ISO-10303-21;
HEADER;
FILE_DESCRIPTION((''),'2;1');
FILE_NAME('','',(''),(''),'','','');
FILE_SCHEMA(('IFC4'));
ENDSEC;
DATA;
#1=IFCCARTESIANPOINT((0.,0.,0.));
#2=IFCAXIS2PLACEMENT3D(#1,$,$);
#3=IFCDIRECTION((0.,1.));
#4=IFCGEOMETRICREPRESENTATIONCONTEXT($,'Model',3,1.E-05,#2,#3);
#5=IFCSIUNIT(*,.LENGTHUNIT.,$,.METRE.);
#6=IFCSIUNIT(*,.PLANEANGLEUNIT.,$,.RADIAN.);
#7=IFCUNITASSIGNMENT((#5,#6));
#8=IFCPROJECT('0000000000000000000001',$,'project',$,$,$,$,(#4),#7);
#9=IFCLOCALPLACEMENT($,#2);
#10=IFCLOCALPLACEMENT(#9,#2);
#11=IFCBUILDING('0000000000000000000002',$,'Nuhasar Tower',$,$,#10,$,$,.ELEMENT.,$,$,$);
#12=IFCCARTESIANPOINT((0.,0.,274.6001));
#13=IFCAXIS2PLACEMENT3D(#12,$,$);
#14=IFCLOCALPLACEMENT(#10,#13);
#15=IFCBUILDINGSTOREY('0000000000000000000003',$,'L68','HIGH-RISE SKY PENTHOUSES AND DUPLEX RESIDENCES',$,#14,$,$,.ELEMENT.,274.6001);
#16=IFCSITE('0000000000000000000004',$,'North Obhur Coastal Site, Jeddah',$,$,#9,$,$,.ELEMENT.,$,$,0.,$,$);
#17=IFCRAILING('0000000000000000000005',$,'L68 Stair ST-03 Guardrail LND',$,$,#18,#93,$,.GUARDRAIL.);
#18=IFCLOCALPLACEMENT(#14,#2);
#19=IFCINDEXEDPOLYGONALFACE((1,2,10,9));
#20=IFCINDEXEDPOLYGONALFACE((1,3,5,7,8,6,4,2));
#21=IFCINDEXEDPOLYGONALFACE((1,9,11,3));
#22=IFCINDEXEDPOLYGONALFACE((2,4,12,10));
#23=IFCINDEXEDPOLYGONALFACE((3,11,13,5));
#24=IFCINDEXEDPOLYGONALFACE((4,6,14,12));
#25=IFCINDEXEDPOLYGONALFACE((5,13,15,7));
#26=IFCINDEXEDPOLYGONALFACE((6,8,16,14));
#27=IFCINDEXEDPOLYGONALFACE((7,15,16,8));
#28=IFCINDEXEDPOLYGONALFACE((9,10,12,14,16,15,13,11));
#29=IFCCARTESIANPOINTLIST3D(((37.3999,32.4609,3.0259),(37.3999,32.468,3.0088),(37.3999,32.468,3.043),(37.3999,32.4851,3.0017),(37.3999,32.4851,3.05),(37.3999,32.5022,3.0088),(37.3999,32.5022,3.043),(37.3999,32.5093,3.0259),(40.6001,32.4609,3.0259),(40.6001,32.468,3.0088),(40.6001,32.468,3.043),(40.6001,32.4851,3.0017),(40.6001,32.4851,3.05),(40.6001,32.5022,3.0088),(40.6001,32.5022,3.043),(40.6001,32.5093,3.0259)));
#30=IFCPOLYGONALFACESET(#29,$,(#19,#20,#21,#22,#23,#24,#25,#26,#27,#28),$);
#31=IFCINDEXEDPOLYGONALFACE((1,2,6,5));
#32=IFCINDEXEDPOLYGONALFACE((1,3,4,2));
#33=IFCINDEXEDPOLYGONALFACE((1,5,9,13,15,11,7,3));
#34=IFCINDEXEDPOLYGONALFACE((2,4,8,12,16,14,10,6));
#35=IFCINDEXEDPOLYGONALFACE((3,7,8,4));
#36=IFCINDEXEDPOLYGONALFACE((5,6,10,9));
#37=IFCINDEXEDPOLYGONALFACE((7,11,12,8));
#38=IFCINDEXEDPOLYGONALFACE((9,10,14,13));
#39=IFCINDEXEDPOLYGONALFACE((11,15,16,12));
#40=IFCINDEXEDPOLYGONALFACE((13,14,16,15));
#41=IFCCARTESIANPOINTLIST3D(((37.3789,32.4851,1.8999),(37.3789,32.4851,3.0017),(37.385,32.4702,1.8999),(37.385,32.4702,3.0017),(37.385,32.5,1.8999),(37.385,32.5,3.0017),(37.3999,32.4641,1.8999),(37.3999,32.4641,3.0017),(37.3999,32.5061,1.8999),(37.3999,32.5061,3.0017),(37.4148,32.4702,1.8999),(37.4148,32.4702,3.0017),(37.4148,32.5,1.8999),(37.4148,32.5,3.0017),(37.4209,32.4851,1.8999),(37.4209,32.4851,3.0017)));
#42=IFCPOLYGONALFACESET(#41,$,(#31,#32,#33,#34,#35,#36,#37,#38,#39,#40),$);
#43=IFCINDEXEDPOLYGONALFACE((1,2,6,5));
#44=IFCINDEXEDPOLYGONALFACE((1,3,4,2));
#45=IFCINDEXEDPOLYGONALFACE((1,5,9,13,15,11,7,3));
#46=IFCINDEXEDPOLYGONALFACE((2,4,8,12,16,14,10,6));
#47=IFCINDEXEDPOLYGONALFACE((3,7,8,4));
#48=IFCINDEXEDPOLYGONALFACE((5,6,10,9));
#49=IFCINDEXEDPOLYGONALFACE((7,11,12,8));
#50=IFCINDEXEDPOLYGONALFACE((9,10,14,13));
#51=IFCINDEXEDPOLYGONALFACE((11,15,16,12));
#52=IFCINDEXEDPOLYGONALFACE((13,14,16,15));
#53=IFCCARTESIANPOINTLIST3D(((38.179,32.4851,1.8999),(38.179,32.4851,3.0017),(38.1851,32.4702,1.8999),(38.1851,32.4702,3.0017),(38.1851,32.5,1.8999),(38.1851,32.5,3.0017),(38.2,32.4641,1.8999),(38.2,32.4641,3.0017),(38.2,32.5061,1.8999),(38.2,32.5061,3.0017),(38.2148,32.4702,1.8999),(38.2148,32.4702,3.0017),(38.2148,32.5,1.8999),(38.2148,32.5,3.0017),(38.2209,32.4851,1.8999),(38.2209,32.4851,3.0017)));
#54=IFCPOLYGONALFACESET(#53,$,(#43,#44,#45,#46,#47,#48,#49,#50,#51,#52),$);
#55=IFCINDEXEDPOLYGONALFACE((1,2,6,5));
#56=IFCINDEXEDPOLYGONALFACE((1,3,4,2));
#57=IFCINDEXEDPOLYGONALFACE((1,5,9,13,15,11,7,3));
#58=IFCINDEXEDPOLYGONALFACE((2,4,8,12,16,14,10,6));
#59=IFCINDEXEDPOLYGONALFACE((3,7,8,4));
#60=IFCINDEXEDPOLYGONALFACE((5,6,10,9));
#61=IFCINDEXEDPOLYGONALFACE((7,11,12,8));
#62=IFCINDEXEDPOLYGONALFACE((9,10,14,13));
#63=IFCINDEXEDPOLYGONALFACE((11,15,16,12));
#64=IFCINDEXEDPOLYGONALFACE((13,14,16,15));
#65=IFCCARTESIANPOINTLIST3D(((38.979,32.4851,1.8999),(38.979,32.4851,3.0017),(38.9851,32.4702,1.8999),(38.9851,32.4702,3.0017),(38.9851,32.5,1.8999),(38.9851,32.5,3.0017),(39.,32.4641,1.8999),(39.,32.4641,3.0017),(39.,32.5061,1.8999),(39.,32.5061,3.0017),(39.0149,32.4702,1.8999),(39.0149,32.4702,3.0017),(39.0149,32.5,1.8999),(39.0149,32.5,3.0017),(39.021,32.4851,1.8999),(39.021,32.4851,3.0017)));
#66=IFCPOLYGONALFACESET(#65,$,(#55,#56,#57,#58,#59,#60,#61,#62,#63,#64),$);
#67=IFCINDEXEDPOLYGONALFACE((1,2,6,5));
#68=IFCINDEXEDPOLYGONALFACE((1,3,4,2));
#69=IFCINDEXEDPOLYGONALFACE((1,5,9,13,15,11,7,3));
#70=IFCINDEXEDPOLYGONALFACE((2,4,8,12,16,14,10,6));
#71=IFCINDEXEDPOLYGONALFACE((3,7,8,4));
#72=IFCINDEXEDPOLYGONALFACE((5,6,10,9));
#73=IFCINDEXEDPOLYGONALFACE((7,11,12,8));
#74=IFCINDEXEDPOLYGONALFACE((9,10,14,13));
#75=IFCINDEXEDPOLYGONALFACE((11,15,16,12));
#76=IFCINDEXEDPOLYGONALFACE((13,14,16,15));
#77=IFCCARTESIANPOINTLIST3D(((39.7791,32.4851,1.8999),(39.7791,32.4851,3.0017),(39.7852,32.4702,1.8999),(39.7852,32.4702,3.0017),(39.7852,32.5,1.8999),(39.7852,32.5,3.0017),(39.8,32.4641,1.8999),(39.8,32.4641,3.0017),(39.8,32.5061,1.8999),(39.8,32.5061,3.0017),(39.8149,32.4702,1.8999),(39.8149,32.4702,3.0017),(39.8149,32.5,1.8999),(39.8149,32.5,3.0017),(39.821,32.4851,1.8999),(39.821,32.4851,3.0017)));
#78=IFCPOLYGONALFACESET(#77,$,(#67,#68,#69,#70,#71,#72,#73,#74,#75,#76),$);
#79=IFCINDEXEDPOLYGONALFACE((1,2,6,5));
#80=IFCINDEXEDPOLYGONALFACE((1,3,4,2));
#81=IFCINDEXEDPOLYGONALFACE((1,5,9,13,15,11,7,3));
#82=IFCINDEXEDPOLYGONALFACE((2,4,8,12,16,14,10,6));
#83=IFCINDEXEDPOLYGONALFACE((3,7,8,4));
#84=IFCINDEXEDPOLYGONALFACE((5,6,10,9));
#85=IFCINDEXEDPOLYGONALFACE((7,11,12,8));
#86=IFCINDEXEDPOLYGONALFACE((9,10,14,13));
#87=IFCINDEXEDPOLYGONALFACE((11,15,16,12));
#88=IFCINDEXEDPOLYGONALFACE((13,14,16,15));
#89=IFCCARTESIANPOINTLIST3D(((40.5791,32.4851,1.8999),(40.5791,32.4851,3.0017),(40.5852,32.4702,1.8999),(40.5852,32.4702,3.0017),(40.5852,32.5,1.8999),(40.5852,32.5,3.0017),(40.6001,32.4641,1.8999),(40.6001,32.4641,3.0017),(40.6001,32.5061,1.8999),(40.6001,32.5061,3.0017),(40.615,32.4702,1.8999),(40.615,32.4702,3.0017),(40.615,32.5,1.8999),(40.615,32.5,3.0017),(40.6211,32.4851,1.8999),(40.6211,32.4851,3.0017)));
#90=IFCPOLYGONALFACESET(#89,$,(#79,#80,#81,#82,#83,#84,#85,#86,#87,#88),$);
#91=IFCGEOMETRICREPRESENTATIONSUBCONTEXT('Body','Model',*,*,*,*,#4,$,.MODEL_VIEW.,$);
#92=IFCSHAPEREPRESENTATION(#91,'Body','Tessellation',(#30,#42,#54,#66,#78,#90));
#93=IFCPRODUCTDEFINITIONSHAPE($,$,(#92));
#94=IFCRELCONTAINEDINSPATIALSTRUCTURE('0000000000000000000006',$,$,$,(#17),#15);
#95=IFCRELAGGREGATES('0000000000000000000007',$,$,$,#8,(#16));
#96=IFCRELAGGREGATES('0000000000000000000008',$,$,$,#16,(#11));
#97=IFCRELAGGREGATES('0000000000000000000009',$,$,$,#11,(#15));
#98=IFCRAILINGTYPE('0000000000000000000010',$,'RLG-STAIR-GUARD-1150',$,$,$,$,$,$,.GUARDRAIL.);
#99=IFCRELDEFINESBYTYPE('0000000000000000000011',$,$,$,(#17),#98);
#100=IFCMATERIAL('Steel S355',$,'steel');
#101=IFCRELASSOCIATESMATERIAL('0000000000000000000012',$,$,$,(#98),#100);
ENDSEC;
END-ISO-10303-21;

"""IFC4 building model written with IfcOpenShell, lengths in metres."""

from ifc_helpers import new_model, si_unit, direction, frame, origin, place, context, subcontext, project, spatial, polyline, outline, extrude, material, type_object, element, save


model = new_model("IFC4")

# Units and contexts
model_context = context("Model", 3, precision=1e-05, world=origin(), true_north=direction((0.0, 1.0)))
body_context = subcontext(model_context, "Body", "Model", "MODEL_VIEW")
ifc_project = project(units=[si_unit("LENGTHUNIT", "METRE"), si_unit("PLANEANGLEUNIT", "RADIAN")], contexts=[model_context])

# Site, building, storey
site_placement = place(None, origin())
site = spatial("IfcSite", under=ifc_project, at=site_placement, Name="North Obhur Coastal Site, Jeddah", CompositionType="ELEMENT", RefElevation=0.0)
building_placement = place(site_placement, origin())
building = spatial("IfcBuilding", under=site, at=building_placement, Name="Nuhasar Tower", CompositionType="ELEMENT")
storey_placement = place(building_placement, frame((0.0, 0.0, 274.6001)))
storey = spatial("IfcBuildingStorey", under=building, at=storey_placement, Name="L68", Description="HIGH-RISE SKY PENTHOUSES AND DUPLEX RESIDENCES", CompositionType="ELEMENT", Elevation=274.6001)

# Shared definitions
ifc_material_1 = material(Name="Steel S355", Category="steel")

# Railing
railing_type_1 = type_object("IfcRailingType", Name="RLG-STAIR-GUARD-1150", PredefinedType="GUARDRAIL", material=ifc_material_1)
railing_1_placement = place(storey_placement, frame((37.3999, 32.4851, 1.8999)))
element("IfcRailing", 1, at=railing_1_placement, inside=storey, type_object=railing_type_1, Name="L68 Stair ST-03 Guardrail LND", PredefinedType="GUARDRAIL", context=body_context, shape_type="SweptSolid", body=[
    extrude(outline(polyline([(0.0242, 0.0), (0.0171, 0.0171), (0.0, 0.0242), (-0.0171, 0.0171), (-0.0242, 0.0), (-0.0171, -0.0171), (0.0, -0.0242), (0.0171, -0.0171), (0.0242, 0.0)])), frame((0.0, 0.0, 1.126), z_axis=(1.0, 0.0, 0.0), x_axis=(0.0, 1.0, 0.0)), (0.0, 0.0, 1.0), 3.2002),
    extrude(outline(polyline([(0.021, 0.0), (0.0149, 0.0149), (0.0, 0.021), (-0.0149, 0.0149), (-0.021, 0.0), (-0.0149, -0.0149), (0.0, -0.021), (0.0149, -0.0149), (0.021, 0.0)])), origin(), (0.0, 0.0, 1.0), 1.1018),
    extrude(outline(polyline([(0.021, 0.0), (0.0149, 0.0149), (0.0, 0.021), (-0.0149, 0.0149), (-0.021, 0.0), (-0.0149, -0.0149), (0.0, -0.021), (0.0149, -0.0149), (0.021, 0.0)])), frame((0.8, 0.0, 0.0)), (0.0, 0.0, 1.0), 1.1018),
    extrude(outline(polyline([(0.021, 0.0), (0.0149, 0.0149), (0.0, 0.021), (-0.0149, 0.0149), (-0.021, 0.0), (-0.0149, -0.0149), (0.0, -0.021), (0.0149, -0.0149), (0.021, 0.0)])), frame((1.6001, 0.0, 0.0)), (0.0, 0.0, 1.0), 1.1018),
    extrude(outline(polyline([(0.021, 0.0), (0.0149, 0.0149), (0.0, 0.021), (-0.0149, 0.0149), (-0.021, 0.0), (-0.0149, -0.0149), (0.0, -0.021), (0.0149, -0.0149), (0.021, 0.0)])), frame((2.4001, 0.0, 0.0)), (0.0, 0.0, 1.0), 1.1018),
    extrude(outline(polyline([(0.021, 0.0), (0.0149, 0.0149), (0.0, 0.021), (-0.0149, 0.0149), (-0.021, 0.0), (-0.0149, -0.0149), (0.0, -0.021), (0.0149, -0.0149), (0.021, 0.0)])), frame((3.2002, 0.0, 0.0)), (0.0, 0.0, 1.0), 1.1018),
])

save(model, "model.ifc")
